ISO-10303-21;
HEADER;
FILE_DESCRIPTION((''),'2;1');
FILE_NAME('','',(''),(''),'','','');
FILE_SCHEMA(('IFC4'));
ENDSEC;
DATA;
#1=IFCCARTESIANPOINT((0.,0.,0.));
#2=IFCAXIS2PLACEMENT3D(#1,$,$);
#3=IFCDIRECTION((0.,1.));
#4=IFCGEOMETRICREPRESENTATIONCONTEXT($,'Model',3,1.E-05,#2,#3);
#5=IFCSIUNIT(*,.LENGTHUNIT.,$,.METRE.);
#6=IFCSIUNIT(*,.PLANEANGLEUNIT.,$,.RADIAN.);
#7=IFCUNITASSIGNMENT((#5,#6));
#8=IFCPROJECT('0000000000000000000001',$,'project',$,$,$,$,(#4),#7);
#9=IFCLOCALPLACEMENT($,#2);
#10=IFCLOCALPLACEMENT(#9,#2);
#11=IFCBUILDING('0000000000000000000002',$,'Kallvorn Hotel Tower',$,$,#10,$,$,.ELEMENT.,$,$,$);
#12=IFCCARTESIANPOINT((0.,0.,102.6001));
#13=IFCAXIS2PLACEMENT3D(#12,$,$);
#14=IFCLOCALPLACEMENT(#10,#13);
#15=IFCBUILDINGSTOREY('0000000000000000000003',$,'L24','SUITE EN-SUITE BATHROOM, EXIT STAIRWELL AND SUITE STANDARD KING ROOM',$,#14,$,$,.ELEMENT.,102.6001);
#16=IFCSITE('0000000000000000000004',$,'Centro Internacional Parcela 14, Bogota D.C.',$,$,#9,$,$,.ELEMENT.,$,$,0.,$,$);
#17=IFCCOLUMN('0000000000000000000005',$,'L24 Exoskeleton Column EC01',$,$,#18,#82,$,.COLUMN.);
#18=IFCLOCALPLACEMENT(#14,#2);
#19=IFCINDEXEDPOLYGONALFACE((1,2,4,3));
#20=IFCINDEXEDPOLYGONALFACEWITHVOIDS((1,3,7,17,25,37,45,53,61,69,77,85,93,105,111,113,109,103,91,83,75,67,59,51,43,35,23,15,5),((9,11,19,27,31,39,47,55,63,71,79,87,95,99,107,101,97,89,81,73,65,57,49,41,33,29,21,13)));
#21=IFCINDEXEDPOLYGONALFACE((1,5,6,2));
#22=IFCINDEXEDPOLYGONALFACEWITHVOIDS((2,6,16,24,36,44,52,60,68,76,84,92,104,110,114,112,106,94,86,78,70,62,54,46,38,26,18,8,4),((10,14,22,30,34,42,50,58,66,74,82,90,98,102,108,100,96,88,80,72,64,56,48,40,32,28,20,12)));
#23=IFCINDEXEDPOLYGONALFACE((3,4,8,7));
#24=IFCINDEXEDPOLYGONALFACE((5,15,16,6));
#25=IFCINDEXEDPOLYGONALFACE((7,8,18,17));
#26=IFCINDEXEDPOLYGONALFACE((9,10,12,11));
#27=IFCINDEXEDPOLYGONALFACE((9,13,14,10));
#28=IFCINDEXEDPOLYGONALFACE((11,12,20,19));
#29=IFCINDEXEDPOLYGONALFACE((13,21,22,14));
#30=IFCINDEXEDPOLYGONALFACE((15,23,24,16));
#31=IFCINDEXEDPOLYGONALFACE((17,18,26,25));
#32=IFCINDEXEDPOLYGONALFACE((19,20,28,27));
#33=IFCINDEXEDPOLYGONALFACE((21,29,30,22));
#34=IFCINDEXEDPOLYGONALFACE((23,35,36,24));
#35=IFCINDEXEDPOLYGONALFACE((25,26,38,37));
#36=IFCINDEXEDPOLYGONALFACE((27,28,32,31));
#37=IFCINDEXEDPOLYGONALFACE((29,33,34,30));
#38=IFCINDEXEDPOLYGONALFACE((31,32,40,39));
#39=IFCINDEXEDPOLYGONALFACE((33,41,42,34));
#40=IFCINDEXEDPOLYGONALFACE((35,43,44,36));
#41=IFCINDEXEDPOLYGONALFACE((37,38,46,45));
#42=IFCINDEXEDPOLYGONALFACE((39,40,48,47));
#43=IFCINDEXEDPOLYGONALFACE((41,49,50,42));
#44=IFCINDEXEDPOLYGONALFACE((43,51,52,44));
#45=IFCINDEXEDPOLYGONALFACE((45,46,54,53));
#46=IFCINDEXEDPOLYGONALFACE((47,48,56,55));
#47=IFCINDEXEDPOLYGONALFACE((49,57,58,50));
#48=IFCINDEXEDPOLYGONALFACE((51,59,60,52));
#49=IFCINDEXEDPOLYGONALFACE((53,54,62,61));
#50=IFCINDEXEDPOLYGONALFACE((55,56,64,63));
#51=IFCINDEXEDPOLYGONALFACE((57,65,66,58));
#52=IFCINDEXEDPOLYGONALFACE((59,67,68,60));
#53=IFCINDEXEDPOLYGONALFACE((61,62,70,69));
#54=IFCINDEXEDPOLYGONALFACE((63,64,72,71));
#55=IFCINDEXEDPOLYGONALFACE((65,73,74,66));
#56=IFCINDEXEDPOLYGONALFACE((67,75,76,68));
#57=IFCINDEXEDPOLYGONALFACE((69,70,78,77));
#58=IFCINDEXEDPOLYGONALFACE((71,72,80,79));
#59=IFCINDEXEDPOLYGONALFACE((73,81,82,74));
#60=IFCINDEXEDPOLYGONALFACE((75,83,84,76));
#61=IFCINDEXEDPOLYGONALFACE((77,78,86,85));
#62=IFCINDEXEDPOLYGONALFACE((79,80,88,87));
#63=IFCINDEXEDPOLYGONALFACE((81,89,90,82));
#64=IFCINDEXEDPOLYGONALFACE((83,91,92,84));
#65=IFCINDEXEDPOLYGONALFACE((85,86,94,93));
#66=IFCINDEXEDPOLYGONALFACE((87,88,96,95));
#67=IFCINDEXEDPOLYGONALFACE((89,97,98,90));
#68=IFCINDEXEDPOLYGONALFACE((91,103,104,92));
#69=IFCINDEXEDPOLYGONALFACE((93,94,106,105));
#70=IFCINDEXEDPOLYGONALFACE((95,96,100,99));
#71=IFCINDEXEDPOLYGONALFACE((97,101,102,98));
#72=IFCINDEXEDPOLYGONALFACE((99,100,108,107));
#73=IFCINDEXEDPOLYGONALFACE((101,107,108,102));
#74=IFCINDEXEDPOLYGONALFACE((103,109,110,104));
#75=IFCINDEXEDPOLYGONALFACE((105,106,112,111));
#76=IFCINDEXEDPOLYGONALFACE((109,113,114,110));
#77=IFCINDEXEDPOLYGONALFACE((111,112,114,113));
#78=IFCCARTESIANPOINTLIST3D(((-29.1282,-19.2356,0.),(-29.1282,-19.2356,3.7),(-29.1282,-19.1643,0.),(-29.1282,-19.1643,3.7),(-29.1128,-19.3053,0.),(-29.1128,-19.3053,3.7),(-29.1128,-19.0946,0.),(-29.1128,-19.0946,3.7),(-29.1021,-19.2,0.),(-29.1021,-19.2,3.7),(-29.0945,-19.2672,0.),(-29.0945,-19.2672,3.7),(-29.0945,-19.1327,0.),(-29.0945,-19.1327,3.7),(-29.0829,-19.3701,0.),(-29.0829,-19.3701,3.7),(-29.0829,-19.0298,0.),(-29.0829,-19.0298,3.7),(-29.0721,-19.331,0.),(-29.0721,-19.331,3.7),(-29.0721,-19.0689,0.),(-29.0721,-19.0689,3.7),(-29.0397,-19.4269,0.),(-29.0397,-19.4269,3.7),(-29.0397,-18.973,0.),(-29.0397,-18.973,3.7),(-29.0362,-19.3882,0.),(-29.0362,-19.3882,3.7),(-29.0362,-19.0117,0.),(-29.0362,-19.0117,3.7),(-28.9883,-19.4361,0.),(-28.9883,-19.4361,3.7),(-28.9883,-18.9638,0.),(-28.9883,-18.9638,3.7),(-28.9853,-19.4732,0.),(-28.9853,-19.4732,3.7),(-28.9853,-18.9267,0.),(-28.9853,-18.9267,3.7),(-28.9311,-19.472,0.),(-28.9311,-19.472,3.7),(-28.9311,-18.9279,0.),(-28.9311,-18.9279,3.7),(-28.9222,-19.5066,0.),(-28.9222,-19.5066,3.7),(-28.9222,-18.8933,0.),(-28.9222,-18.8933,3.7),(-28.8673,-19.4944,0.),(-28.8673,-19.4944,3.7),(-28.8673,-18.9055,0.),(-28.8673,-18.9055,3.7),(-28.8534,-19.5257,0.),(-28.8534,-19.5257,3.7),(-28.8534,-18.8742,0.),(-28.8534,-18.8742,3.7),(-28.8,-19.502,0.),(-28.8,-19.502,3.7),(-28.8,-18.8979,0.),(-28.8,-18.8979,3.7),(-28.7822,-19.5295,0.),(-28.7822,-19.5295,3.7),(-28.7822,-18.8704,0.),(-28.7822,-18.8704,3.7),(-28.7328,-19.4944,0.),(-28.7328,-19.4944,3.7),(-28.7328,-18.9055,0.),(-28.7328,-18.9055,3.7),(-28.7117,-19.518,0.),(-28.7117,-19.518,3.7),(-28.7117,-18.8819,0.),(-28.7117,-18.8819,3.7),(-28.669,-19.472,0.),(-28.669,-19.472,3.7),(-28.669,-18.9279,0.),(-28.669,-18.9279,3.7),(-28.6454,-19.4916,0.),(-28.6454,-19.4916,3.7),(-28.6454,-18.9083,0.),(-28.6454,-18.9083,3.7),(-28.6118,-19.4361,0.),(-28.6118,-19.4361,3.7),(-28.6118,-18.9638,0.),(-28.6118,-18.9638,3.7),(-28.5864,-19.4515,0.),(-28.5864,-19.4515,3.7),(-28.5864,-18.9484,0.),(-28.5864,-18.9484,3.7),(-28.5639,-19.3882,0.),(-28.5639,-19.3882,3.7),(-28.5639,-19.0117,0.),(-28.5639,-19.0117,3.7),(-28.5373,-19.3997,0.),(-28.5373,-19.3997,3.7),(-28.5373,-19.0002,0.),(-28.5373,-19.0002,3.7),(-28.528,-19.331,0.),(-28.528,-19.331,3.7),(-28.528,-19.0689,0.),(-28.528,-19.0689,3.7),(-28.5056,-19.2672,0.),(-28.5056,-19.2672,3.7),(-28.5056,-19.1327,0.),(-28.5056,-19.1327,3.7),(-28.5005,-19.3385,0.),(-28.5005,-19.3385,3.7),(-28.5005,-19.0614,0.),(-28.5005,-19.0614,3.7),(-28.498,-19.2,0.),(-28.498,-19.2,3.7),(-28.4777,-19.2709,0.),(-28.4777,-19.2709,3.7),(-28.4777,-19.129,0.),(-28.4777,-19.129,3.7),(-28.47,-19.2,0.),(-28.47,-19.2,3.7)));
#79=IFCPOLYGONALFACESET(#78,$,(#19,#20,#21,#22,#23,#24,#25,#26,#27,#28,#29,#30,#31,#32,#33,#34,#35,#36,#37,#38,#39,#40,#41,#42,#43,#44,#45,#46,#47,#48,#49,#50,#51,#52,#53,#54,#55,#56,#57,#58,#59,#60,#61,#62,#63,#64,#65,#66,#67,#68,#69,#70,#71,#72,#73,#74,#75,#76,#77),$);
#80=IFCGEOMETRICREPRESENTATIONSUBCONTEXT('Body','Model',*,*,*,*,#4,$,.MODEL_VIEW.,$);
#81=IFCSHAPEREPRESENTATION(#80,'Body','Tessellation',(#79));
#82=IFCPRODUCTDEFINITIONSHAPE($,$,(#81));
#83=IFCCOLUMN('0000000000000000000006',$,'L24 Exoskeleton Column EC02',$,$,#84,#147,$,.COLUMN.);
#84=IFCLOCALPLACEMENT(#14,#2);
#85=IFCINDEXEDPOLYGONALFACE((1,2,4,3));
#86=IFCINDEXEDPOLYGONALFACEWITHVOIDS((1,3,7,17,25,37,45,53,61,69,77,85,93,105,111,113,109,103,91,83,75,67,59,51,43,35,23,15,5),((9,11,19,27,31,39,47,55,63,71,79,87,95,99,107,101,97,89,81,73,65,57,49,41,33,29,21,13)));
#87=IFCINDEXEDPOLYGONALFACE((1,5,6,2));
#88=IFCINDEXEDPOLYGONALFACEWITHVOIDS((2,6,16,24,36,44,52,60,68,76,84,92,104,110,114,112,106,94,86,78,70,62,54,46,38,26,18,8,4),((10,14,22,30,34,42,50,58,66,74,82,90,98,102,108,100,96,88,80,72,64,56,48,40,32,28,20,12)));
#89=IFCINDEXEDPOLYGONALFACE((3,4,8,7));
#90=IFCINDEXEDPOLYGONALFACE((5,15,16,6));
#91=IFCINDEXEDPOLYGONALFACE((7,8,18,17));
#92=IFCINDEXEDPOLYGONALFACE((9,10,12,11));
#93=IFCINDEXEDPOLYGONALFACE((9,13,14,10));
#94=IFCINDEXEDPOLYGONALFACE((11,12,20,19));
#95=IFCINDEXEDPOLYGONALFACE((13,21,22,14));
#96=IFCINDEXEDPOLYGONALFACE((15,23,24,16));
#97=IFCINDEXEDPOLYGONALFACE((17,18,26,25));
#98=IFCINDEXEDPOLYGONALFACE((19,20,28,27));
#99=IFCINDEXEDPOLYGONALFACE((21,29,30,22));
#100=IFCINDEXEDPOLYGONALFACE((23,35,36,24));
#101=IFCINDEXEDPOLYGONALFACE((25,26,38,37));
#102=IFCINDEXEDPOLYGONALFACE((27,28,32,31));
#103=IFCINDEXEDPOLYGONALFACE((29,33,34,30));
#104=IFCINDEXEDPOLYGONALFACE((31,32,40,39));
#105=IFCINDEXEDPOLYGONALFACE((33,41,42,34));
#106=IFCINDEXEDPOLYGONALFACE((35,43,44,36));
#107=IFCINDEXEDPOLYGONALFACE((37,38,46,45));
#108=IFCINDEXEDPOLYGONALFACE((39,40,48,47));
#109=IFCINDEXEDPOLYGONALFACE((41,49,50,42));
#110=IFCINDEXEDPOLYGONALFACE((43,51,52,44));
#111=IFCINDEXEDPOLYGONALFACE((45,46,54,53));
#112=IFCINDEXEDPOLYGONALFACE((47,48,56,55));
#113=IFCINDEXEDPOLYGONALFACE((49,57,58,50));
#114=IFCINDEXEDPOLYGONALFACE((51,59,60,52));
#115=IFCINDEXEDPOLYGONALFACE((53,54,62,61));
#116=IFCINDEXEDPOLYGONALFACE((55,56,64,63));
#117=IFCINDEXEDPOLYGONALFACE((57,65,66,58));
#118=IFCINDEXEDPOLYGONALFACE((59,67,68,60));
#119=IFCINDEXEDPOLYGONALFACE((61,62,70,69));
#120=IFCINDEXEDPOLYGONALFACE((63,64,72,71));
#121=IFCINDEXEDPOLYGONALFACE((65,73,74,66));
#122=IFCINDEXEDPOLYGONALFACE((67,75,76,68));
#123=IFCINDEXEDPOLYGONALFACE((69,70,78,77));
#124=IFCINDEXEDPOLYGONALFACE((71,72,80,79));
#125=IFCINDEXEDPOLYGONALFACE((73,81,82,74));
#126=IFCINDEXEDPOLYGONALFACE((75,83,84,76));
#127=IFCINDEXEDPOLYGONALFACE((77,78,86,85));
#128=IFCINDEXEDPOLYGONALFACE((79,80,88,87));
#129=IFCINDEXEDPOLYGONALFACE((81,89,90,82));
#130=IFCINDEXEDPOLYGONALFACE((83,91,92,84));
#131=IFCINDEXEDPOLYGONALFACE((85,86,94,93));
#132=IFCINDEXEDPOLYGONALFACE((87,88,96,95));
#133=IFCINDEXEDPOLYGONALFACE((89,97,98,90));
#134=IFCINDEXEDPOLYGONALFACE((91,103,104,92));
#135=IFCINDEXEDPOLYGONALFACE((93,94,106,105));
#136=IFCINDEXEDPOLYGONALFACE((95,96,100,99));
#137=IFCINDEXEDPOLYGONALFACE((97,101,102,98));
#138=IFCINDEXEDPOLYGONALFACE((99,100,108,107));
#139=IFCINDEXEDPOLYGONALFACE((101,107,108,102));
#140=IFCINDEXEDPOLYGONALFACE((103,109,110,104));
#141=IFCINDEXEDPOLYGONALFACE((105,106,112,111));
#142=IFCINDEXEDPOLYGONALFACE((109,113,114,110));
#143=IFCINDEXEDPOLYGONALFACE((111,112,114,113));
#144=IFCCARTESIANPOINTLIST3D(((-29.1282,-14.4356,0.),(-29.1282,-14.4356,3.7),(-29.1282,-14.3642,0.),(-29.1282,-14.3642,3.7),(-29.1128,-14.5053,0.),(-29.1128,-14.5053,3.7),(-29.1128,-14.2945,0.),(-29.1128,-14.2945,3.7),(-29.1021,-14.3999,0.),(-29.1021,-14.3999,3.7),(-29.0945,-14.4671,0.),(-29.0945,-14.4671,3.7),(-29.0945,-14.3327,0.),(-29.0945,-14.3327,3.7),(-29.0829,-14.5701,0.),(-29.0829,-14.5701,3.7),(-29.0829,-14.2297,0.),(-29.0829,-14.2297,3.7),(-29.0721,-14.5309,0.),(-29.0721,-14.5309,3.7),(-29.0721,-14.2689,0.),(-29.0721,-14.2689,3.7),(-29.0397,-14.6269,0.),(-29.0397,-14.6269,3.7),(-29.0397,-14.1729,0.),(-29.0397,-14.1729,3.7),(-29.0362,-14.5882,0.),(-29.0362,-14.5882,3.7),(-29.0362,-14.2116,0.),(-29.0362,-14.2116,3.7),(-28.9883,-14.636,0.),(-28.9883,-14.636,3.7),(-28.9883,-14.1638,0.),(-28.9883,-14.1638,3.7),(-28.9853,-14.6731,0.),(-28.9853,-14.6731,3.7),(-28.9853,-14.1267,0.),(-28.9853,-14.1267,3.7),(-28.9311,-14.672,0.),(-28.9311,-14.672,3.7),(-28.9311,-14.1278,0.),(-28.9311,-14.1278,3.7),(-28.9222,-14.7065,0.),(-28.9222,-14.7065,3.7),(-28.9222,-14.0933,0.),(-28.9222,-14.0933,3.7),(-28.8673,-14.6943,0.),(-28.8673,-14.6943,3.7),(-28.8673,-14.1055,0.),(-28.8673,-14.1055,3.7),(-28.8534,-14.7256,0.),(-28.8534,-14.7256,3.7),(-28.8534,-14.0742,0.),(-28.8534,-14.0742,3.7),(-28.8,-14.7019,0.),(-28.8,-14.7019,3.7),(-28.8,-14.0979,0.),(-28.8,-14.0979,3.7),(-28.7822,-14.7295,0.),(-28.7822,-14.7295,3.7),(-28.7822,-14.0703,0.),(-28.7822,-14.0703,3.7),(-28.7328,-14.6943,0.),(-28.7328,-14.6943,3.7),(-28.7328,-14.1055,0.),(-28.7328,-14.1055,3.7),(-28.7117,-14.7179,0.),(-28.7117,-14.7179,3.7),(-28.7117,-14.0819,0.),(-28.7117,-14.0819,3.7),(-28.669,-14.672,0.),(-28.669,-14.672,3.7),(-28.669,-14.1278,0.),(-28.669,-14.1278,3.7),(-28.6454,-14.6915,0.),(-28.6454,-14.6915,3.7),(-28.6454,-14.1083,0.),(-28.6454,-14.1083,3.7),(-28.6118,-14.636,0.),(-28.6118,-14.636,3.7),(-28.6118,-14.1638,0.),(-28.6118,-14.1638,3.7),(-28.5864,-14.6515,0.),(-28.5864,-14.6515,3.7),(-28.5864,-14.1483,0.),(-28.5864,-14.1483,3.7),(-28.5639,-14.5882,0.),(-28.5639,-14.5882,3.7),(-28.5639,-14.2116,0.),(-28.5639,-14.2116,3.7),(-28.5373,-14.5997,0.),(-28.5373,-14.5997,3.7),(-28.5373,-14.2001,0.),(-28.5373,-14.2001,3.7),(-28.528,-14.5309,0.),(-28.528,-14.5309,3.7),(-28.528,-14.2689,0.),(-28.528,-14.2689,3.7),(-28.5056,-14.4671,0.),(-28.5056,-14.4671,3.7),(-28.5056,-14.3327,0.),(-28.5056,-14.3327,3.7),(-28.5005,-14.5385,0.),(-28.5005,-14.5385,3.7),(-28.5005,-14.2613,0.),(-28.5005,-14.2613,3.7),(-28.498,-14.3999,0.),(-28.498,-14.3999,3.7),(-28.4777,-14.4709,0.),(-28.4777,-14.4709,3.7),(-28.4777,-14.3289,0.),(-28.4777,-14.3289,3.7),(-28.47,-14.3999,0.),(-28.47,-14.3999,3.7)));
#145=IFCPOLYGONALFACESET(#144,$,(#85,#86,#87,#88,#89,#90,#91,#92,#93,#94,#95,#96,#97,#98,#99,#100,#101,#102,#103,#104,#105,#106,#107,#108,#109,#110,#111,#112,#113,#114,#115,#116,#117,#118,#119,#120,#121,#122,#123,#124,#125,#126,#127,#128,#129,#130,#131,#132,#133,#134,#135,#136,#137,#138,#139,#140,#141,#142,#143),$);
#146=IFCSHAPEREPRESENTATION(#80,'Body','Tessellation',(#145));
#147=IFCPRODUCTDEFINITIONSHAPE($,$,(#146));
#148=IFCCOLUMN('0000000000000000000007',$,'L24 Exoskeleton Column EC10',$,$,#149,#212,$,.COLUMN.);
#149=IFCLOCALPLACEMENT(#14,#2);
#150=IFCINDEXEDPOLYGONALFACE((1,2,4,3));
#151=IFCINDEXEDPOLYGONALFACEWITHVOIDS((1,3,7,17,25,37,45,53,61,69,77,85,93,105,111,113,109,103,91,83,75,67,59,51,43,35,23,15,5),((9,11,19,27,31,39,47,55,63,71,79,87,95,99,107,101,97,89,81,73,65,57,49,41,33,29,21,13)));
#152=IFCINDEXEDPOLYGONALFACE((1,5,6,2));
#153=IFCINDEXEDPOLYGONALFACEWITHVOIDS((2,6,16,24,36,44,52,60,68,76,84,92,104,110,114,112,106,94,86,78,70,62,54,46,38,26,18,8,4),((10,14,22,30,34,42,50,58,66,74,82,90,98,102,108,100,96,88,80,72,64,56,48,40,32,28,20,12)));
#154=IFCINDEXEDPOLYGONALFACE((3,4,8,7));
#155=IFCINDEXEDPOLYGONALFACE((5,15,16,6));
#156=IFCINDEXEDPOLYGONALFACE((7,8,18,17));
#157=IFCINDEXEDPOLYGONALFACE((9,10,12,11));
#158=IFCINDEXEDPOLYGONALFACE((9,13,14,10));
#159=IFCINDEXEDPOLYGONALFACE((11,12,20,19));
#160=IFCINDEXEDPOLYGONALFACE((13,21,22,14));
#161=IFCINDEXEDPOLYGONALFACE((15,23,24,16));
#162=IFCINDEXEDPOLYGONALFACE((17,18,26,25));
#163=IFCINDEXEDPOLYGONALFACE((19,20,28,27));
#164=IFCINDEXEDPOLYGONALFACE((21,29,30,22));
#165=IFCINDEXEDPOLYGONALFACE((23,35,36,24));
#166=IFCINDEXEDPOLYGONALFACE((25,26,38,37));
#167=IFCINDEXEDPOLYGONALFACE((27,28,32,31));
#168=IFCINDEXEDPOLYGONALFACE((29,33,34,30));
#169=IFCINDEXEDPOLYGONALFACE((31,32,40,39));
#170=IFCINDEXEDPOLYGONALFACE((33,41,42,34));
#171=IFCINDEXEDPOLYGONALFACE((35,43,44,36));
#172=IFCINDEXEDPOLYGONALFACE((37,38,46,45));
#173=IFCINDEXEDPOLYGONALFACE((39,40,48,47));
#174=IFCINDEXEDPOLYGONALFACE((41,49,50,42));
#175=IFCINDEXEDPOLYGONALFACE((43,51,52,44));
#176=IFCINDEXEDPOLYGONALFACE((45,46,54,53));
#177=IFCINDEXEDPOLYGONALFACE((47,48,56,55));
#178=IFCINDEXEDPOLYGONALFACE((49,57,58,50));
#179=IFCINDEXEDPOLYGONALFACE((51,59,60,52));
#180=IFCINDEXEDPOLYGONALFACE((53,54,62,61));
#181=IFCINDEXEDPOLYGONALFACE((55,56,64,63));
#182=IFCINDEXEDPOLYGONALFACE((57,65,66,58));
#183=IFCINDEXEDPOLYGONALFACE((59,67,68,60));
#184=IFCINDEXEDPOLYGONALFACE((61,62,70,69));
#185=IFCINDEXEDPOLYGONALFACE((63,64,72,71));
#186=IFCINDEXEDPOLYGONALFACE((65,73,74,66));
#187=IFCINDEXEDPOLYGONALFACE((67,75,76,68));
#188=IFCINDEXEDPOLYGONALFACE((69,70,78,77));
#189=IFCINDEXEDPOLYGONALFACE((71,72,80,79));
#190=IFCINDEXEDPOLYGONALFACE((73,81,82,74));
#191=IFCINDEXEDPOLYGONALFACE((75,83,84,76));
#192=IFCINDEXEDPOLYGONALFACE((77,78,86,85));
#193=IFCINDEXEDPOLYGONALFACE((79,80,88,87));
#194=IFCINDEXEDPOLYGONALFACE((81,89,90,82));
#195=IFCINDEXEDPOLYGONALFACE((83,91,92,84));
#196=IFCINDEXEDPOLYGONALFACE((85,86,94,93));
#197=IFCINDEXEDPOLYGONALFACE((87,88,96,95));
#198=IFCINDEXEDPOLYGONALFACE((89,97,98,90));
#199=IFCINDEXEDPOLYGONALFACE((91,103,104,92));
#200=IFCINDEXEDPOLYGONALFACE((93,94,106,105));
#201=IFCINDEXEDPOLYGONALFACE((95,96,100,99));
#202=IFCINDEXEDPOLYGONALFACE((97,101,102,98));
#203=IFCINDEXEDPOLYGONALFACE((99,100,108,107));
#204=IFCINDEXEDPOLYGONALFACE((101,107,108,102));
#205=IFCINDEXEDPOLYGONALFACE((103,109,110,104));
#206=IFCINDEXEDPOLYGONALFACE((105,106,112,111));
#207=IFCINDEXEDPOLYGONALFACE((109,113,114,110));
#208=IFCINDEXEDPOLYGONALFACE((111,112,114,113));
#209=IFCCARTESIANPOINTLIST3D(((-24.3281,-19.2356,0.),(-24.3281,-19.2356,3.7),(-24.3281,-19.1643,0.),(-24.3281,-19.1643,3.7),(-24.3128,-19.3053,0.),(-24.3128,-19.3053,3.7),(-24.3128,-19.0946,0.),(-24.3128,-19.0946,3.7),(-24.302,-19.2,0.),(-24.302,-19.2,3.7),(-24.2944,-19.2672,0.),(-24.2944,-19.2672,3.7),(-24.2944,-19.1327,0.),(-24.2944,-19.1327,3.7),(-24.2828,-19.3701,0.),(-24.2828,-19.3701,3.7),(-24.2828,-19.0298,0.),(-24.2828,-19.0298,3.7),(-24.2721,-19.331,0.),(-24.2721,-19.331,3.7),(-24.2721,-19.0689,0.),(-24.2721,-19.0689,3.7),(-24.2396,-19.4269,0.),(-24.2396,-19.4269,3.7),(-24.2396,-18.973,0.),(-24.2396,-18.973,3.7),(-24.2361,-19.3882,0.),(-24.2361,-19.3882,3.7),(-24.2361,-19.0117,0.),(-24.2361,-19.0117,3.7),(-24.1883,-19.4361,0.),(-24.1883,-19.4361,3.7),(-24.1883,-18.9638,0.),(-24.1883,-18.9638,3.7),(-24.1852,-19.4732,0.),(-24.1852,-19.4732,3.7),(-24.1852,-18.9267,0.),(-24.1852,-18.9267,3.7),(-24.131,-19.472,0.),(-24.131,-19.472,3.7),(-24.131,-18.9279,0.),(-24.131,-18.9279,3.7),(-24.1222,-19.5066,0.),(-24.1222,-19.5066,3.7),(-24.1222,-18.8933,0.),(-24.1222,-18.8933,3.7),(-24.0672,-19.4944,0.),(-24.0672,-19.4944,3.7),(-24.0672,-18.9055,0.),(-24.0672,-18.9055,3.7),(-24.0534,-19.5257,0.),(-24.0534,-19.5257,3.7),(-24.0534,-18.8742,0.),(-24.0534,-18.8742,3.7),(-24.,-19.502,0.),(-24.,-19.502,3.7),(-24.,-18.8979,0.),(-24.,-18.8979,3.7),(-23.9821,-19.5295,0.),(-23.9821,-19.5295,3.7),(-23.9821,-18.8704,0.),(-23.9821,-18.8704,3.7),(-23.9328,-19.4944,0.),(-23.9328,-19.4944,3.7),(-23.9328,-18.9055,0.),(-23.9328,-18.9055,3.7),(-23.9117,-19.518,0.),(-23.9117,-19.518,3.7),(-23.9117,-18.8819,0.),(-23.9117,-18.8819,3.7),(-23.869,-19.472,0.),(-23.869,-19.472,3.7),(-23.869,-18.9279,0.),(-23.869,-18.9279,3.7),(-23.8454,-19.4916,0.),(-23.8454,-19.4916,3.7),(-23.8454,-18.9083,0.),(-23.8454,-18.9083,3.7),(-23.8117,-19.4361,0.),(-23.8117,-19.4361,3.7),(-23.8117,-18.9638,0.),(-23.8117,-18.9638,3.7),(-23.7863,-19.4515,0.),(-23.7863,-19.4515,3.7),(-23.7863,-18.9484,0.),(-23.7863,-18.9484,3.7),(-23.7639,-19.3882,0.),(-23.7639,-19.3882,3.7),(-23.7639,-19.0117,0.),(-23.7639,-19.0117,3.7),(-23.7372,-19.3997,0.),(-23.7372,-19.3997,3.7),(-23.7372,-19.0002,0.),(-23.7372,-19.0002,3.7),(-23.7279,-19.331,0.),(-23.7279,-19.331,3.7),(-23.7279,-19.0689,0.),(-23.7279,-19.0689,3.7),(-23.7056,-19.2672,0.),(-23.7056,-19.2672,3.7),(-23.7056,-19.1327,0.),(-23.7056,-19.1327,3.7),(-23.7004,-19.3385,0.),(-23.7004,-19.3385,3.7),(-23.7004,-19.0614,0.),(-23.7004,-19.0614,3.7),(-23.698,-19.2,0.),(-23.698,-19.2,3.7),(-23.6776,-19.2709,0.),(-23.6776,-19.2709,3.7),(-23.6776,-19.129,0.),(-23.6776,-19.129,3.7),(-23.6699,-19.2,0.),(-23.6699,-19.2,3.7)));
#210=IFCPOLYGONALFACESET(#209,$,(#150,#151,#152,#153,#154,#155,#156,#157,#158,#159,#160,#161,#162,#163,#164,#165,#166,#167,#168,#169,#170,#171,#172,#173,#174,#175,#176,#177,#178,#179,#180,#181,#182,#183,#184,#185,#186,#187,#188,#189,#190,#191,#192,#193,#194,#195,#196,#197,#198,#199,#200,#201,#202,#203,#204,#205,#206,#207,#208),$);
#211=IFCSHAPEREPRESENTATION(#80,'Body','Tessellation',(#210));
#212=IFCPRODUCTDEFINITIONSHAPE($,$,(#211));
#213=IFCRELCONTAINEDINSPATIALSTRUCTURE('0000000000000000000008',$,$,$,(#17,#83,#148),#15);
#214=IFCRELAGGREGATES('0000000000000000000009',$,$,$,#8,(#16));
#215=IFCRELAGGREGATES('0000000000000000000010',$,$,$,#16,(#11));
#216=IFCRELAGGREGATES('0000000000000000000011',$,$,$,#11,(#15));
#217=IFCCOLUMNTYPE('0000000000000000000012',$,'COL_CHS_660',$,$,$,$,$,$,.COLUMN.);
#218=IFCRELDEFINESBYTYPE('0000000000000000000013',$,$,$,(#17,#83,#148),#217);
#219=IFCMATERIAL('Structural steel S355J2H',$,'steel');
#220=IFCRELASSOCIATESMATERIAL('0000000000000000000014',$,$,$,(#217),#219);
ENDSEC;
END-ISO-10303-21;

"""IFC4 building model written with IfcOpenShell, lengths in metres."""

from ifc_helpers import new_model, si_unit, direction, frame, origin, origin_2d, place, context, subcontext, project, spatial, hollow_circle, extrude, material, material_profile, profile_set, type_object, element, save


model = new_model("IFC4")

# Units and contexts
model_context = context("Model", 3, precision=1e-05, world=origin(), true_north=direction((0.0, 1.0)))
body_context = subcontext(model_context, "Body", "Model", "MODEL_VIEW")
ifc_project = project(units=[si_unit("LENGTHUNIT", "METRE"), si_unit("PLANEANGLEUNIT", "RADIAN")], contexts=[model_context])

# Site, building, storey
site_placement = place(None, origin())
site = spatial("IfcSite", under=ifc_project, at=site_placement, Name="Centro Internacional Parcela 14, Bogota D.C.", CompositionType="ELEMENT", RefElevation=0.0)
building_placement = place(site_placement, origin())
building = spatial("IfcBuilding", under=site, at=building_placement, Name="Kallvorn Hotel Tower", CompositionType="ELEMENT")
storey_placement = place(building_placement, frame((0.0, 0.0, 102.6001)))
storey = spatial("IfcBuildingStorey", under=building, at=storey_placement, Name="L24", Description="SUITE EN-SUITE BATHROOM, EXIT STAIRWELL AND SUITE STANDARD KING ROOM", CompositionType="ELEMENT", Elevation=102.6001)

# Columns
ifc_material_1 = material(Name="Structural steel S355J2H", Category="steel")
ifc_material_profile_1 = material_profile(ifc_material_1, hollow_circle(Radius=0.3301, WallThickness=0.0281, at=origin_2d()), Name="CHS 660x28")
ifc_profile_set_1 = profile_set([ifc_material_profile_1], Name="Structural steel S355J2H")
column_type_1 = type_object("IfcColumnType", Name="COL_CHS_660", PredefinedType="COLUMN", material=ifc_profile_set_1)
for number, where, z_axis, x_axis, name in (
    (1, (-28.8, -19.2, 0.0), (0.0, 0.0, 1.0), (1.0, 0.0, 0.0), "L24 Exoskeleton Column EC01"),
    (2, (-28.8, -14.3999, 0.0), (0.0, 0.0, 1.0), (1.0, 0.0, 0.0), "L24 Exoskeleton Column EC02"),
    (3, (-24.0, -19.2, 0.0), (0.0, 0.0, 1.0), (1.0, 0.0, 0.0), "L24 Exoskeleton Column EC10"),
):
    element("IfcColumn", number, at=place(storey_placement, frame(where, z_axis=z_axis, x_axis=x_axis)), inside=storey, type_object=column_type_1, Name=name, PredefinedType="COLUMN", context=body_context, shape_type="SweptSolid", body=[
        extrude(hollow_circle(Radius=0.3301, WallThickness=0.0281, at=origin_2d()), origin(), (0.0, 0.0, 1.0), 3.7),
    ])

save(model, "model.ifc")
